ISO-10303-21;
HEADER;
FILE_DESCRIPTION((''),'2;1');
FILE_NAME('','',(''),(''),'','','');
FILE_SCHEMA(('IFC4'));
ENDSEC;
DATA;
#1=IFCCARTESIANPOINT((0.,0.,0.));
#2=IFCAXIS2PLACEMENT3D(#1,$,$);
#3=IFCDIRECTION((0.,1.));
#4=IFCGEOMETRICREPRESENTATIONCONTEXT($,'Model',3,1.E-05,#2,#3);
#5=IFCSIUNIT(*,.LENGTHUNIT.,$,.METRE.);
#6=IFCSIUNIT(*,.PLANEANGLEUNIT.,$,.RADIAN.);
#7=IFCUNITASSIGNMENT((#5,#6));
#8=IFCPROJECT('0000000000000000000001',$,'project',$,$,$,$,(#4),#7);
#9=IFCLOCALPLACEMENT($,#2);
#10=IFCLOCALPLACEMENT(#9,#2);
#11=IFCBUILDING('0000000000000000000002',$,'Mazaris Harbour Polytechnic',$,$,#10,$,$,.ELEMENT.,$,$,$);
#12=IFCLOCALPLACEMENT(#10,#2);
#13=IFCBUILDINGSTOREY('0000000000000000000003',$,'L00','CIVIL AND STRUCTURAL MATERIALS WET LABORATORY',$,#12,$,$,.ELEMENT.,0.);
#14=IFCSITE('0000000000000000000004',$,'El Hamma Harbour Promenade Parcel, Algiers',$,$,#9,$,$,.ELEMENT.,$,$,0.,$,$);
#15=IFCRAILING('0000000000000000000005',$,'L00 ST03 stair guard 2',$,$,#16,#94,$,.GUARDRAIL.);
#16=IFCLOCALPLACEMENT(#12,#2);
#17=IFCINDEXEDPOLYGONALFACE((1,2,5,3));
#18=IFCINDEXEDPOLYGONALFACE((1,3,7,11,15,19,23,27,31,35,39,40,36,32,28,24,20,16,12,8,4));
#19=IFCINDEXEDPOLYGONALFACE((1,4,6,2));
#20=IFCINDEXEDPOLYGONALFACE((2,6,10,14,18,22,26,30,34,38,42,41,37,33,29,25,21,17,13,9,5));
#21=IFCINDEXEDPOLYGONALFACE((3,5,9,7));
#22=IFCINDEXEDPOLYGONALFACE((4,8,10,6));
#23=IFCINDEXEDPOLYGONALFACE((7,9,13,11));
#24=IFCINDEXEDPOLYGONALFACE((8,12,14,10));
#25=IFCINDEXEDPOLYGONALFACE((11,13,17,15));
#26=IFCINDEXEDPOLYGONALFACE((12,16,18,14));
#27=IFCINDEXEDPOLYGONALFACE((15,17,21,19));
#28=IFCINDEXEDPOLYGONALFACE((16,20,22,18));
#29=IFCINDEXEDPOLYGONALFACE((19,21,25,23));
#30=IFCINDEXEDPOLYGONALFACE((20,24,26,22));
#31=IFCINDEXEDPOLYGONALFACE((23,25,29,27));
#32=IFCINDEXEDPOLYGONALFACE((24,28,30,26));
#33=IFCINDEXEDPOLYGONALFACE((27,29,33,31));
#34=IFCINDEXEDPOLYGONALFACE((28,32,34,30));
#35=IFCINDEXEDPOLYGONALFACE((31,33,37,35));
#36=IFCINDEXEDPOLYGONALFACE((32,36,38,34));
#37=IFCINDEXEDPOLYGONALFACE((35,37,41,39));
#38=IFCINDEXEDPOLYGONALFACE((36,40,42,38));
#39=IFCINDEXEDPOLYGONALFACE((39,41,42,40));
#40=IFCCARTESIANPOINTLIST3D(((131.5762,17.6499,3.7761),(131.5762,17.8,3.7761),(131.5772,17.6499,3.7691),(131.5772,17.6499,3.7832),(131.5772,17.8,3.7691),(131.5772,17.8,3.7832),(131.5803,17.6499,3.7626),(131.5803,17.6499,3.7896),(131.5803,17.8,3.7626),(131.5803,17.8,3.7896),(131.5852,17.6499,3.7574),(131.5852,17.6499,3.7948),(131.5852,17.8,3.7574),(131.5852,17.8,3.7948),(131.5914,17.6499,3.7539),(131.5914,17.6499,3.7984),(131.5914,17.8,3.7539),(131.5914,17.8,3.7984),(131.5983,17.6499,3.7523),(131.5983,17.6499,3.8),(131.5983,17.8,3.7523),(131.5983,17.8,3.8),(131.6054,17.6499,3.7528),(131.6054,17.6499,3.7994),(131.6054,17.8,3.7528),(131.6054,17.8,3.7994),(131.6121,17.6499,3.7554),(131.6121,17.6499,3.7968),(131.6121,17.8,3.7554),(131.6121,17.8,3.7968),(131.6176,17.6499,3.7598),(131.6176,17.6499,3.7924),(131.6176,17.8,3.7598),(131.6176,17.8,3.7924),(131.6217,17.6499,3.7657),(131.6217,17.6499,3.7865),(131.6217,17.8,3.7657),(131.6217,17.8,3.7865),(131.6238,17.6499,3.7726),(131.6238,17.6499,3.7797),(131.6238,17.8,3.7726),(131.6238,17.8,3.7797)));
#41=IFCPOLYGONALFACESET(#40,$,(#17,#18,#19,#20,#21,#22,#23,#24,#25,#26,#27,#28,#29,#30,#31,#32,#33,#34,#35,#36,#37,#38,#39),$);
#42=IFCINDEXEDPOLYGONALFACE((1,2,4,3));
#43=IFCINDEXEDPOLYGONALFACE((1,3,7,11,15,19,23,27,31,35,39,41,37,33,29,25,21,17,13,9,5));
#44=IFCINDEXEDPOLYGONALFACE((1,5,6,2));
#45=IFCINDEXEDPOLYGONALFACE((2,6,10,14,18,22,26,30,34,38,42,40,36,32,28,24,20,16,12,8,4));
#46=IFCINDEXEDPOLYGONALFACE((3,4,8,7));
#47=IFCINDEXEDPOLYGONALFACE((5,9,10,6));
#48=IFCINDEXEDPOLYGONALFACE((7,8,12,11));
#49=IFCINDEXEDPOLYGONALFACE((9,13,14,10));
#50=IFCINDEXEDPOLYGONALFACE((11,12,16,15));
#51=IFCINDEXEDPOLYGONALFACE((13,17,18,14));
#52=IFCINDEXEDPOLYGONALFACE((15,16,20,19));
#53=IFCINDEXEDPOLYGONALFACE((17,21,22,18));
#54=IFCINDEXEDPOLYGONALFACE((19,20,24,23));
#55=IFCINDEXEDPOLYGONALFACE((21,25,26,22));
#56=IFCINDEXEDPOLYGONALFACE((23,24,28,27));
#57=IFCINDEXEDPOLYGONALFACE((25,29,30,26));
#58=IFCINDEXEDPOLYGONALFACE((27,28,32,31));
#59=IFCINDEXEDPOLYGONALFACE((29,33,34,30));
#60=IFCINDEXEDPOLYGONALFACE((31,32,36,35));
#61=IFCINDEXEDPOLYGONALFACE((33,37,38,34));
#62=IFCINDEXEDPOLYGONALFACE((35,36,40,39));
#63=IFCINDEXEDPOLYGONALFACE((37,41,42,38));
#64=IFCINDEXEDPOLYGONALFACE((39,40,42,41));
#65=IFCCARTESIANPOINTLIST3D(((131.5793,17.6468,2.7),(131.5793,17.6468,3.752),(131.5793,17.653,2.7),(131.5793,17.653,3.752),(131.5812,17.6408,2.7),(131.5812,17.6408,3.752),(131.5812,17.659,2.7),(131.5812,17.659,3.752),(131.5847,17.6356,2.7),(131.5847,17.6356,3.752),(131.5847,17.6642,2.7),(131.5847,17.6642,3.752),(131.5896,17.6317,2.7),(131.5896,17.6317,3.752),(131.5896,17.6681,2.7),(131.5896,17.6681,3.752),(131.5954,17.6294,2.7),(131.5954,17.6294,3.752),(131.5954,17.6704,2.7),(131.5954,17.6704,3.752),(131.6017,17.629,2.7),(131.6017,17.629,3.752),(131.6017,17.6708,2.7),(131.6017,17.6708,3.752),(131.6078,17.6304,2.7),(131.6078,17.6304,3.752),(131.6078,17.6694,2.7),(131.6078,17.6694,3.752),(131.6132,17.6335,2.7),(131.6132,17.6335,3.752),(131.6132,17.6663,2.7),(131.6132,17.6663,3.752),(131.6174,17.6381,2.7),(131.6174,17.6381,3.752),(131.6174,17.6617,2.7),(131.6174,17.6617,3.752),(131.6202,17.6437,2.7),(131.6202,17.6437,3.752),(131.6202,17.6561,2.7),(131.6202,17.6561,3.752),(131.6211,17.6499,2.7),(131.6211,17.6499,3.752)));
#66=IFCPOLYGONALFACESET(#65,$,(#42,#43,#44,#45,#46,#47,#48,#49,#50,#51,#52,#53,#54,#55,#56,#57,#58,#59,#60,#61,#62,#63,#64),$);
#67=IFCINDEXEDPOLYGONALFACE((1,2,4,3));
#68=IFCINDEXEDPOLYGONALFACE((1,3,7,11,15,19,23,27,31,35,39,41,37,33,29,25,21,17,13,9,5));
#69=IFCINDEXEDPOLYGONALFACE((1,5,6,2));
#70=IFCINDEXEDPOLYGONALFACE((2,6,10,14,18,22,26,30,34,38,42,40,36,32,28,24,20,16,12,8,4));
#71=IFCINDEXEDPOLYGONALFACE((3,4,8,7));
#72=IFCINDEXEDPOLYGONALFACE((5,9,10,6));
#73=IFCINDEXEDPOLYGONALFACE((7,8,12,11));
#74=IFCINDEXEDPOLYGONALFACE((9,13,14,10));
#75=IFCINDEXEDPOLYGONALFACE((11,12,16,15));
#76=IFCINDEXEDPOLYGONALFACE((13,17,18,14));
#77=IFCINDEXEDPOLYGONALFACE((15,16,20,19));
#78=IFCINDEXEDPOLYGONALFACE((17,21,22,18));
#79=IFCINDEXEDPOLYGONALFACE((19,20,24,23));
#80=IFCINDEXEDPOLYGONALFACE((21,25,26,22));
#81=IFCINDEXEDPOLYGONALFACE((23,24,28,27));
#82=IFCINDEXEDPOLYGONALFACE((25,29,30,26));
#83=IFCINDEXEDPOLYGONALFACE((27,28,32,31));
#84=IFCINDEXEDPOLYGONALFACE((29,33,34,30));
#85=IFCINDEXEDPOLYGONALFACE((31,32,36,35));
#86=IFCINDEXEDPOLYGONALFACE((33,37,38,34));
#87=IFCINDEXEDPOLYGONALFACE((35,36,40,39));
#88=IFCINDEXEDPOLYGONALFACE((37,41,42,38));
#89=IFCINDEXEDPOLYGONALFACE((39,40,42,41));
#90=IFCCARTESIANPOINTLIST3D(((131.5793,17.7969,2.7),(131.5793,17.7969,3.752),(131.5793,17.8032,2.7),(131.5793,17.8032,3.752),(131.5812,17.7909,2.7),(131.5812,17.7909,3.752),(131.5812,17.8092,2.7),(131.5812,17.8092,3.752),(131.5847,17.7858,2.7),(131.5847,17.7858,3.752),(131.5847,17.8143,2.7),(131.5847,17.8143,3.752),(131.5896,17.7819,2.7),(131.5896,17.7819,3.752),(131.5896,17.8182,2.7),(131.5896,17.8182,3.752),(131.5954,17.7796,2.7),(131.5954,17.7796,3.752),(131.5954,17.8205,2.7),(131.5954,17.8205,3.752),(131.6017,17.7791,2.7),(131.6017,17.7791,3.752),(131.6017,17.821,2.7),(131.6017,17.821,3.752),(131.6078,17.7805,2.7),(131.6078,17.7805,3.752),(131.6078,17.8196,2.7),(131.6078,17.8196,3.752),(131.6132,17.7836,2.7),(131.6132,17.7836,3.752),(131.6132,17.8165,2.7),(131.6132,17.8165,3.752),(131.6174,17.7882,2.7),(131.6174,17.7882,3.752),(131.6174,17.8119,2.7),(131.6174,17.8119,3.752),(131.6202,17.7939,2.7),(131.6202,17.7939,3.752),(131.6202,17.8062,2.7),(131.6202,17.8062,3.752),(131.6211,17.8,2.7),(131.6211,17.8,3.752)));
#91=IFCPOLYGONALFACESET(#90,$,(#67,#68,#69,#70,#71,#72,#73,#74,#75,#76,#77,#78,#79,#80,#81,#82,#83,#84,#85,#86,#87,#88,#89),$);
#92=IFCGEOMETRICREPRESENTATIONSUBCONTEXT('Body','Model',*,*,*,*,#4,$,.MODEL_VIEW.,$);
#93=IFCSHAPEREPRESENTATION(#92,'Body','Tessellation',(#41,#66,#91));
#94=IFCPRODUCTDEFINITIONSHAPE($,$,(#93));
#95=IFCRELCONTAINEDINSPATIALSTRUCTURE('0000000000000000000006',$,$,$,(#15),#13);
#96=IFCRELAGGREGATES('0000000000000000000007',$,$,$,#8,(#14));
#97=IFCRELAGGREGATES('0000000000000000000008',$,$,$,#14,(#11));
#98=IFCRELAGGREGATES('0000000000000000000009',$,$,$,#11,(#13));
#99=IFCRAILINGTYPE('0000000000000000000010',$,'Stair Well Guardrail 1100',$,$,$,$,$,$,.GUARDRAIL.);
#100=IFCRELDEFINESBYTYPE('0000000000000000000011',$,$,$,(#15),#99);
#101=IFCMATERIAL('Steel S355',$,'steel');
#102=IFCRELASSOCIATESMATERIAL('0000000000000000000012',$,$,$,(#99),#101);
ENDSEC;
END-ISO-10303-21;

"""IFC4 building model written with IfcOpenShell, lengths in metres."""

from ifc_helpers import new_model, si_unit, direction, frame, origin, origin_2d, place, context, subcontext, project, spatial, circle, extrude, material, type_object, element, save


model = new_model("IFC4")

# Units and contexts
model_context = context("Model", 3, precision=1e-05, world=origin(), true_north=direction((0.0, 1.0)))
body_context = subcontext(model_context, "Body", "Model", "MODEL_VIEW")
ifc_project = project(units=[si_unit("LENGTHUNIT", "METRE"), si_unit("PLANEANGLEUNIT", "RADIAN")], contexts=[model_context])

# Site, building, storey
site_placement = place(None, origin())
site = spatial("IfcSite", under=ifc_project, at=site_placement, Name="El Hamma Harbour Promenade Parcel, Algiers", CompositionType="ELEMENT", RefElevation=0.0)
building_placement = place(site_placement, origin())
building = spatial("IfcBuilding", under=site, at=building_placement, Name="Mazaris Harbour Polytechnic", CompositionType="ELEMENT")
storey_placement = place(building_placement, origin())
storey = spatial("IfcBuildingStorey", under=building, at=storey_placement, Name="L00", Description="CIVIL AND STRUCTURAL MATERIALS WET LABORATORY", CompositionType="ELEMENT", Elevation=0.0)

# Railing
ifc_material_1 = material(Name="Steel S355", Category="steel")
railing_type_1 = type_object("IfcRailingType", Name="Stair Well Guardrail 1100", PredefinedType="GUARDRAIL", material=ifc_material_1)
railing_1_placement = place(storey_placement, frame((131.6001, 17.6499, 2.7)))
element("IfcRailing", 1, at=railing_1_placement, inside=storey, type_object=railing_type_1, Name="L00 ST03 stair guard 2", PredefinedType="GUARDRAIL", context=body_context, shape_type="SweptSolid", body=[
    extrude(circle(Radius=0.0239, at=origin_2d()), frame((0.0, 0.0, 1.0762), z_axis=(0.0, 1.0, 0.0), x_axis=(-1.0, 0.0, 0.0)), (0.0, 0.0, 1.0), 0.1501),
    extrude(circle(Radius=0.021, at=origin_2d()), origin(), (0.0, 0.0, 1.0), 1.052),
    extrude(circle(Radius=0.021, at=origin_2d()), frame((0.0, 0.1501, 0.0)), (0.0, 0.0, 1.0), 1.052),
])

save(model, "model.ifc")
